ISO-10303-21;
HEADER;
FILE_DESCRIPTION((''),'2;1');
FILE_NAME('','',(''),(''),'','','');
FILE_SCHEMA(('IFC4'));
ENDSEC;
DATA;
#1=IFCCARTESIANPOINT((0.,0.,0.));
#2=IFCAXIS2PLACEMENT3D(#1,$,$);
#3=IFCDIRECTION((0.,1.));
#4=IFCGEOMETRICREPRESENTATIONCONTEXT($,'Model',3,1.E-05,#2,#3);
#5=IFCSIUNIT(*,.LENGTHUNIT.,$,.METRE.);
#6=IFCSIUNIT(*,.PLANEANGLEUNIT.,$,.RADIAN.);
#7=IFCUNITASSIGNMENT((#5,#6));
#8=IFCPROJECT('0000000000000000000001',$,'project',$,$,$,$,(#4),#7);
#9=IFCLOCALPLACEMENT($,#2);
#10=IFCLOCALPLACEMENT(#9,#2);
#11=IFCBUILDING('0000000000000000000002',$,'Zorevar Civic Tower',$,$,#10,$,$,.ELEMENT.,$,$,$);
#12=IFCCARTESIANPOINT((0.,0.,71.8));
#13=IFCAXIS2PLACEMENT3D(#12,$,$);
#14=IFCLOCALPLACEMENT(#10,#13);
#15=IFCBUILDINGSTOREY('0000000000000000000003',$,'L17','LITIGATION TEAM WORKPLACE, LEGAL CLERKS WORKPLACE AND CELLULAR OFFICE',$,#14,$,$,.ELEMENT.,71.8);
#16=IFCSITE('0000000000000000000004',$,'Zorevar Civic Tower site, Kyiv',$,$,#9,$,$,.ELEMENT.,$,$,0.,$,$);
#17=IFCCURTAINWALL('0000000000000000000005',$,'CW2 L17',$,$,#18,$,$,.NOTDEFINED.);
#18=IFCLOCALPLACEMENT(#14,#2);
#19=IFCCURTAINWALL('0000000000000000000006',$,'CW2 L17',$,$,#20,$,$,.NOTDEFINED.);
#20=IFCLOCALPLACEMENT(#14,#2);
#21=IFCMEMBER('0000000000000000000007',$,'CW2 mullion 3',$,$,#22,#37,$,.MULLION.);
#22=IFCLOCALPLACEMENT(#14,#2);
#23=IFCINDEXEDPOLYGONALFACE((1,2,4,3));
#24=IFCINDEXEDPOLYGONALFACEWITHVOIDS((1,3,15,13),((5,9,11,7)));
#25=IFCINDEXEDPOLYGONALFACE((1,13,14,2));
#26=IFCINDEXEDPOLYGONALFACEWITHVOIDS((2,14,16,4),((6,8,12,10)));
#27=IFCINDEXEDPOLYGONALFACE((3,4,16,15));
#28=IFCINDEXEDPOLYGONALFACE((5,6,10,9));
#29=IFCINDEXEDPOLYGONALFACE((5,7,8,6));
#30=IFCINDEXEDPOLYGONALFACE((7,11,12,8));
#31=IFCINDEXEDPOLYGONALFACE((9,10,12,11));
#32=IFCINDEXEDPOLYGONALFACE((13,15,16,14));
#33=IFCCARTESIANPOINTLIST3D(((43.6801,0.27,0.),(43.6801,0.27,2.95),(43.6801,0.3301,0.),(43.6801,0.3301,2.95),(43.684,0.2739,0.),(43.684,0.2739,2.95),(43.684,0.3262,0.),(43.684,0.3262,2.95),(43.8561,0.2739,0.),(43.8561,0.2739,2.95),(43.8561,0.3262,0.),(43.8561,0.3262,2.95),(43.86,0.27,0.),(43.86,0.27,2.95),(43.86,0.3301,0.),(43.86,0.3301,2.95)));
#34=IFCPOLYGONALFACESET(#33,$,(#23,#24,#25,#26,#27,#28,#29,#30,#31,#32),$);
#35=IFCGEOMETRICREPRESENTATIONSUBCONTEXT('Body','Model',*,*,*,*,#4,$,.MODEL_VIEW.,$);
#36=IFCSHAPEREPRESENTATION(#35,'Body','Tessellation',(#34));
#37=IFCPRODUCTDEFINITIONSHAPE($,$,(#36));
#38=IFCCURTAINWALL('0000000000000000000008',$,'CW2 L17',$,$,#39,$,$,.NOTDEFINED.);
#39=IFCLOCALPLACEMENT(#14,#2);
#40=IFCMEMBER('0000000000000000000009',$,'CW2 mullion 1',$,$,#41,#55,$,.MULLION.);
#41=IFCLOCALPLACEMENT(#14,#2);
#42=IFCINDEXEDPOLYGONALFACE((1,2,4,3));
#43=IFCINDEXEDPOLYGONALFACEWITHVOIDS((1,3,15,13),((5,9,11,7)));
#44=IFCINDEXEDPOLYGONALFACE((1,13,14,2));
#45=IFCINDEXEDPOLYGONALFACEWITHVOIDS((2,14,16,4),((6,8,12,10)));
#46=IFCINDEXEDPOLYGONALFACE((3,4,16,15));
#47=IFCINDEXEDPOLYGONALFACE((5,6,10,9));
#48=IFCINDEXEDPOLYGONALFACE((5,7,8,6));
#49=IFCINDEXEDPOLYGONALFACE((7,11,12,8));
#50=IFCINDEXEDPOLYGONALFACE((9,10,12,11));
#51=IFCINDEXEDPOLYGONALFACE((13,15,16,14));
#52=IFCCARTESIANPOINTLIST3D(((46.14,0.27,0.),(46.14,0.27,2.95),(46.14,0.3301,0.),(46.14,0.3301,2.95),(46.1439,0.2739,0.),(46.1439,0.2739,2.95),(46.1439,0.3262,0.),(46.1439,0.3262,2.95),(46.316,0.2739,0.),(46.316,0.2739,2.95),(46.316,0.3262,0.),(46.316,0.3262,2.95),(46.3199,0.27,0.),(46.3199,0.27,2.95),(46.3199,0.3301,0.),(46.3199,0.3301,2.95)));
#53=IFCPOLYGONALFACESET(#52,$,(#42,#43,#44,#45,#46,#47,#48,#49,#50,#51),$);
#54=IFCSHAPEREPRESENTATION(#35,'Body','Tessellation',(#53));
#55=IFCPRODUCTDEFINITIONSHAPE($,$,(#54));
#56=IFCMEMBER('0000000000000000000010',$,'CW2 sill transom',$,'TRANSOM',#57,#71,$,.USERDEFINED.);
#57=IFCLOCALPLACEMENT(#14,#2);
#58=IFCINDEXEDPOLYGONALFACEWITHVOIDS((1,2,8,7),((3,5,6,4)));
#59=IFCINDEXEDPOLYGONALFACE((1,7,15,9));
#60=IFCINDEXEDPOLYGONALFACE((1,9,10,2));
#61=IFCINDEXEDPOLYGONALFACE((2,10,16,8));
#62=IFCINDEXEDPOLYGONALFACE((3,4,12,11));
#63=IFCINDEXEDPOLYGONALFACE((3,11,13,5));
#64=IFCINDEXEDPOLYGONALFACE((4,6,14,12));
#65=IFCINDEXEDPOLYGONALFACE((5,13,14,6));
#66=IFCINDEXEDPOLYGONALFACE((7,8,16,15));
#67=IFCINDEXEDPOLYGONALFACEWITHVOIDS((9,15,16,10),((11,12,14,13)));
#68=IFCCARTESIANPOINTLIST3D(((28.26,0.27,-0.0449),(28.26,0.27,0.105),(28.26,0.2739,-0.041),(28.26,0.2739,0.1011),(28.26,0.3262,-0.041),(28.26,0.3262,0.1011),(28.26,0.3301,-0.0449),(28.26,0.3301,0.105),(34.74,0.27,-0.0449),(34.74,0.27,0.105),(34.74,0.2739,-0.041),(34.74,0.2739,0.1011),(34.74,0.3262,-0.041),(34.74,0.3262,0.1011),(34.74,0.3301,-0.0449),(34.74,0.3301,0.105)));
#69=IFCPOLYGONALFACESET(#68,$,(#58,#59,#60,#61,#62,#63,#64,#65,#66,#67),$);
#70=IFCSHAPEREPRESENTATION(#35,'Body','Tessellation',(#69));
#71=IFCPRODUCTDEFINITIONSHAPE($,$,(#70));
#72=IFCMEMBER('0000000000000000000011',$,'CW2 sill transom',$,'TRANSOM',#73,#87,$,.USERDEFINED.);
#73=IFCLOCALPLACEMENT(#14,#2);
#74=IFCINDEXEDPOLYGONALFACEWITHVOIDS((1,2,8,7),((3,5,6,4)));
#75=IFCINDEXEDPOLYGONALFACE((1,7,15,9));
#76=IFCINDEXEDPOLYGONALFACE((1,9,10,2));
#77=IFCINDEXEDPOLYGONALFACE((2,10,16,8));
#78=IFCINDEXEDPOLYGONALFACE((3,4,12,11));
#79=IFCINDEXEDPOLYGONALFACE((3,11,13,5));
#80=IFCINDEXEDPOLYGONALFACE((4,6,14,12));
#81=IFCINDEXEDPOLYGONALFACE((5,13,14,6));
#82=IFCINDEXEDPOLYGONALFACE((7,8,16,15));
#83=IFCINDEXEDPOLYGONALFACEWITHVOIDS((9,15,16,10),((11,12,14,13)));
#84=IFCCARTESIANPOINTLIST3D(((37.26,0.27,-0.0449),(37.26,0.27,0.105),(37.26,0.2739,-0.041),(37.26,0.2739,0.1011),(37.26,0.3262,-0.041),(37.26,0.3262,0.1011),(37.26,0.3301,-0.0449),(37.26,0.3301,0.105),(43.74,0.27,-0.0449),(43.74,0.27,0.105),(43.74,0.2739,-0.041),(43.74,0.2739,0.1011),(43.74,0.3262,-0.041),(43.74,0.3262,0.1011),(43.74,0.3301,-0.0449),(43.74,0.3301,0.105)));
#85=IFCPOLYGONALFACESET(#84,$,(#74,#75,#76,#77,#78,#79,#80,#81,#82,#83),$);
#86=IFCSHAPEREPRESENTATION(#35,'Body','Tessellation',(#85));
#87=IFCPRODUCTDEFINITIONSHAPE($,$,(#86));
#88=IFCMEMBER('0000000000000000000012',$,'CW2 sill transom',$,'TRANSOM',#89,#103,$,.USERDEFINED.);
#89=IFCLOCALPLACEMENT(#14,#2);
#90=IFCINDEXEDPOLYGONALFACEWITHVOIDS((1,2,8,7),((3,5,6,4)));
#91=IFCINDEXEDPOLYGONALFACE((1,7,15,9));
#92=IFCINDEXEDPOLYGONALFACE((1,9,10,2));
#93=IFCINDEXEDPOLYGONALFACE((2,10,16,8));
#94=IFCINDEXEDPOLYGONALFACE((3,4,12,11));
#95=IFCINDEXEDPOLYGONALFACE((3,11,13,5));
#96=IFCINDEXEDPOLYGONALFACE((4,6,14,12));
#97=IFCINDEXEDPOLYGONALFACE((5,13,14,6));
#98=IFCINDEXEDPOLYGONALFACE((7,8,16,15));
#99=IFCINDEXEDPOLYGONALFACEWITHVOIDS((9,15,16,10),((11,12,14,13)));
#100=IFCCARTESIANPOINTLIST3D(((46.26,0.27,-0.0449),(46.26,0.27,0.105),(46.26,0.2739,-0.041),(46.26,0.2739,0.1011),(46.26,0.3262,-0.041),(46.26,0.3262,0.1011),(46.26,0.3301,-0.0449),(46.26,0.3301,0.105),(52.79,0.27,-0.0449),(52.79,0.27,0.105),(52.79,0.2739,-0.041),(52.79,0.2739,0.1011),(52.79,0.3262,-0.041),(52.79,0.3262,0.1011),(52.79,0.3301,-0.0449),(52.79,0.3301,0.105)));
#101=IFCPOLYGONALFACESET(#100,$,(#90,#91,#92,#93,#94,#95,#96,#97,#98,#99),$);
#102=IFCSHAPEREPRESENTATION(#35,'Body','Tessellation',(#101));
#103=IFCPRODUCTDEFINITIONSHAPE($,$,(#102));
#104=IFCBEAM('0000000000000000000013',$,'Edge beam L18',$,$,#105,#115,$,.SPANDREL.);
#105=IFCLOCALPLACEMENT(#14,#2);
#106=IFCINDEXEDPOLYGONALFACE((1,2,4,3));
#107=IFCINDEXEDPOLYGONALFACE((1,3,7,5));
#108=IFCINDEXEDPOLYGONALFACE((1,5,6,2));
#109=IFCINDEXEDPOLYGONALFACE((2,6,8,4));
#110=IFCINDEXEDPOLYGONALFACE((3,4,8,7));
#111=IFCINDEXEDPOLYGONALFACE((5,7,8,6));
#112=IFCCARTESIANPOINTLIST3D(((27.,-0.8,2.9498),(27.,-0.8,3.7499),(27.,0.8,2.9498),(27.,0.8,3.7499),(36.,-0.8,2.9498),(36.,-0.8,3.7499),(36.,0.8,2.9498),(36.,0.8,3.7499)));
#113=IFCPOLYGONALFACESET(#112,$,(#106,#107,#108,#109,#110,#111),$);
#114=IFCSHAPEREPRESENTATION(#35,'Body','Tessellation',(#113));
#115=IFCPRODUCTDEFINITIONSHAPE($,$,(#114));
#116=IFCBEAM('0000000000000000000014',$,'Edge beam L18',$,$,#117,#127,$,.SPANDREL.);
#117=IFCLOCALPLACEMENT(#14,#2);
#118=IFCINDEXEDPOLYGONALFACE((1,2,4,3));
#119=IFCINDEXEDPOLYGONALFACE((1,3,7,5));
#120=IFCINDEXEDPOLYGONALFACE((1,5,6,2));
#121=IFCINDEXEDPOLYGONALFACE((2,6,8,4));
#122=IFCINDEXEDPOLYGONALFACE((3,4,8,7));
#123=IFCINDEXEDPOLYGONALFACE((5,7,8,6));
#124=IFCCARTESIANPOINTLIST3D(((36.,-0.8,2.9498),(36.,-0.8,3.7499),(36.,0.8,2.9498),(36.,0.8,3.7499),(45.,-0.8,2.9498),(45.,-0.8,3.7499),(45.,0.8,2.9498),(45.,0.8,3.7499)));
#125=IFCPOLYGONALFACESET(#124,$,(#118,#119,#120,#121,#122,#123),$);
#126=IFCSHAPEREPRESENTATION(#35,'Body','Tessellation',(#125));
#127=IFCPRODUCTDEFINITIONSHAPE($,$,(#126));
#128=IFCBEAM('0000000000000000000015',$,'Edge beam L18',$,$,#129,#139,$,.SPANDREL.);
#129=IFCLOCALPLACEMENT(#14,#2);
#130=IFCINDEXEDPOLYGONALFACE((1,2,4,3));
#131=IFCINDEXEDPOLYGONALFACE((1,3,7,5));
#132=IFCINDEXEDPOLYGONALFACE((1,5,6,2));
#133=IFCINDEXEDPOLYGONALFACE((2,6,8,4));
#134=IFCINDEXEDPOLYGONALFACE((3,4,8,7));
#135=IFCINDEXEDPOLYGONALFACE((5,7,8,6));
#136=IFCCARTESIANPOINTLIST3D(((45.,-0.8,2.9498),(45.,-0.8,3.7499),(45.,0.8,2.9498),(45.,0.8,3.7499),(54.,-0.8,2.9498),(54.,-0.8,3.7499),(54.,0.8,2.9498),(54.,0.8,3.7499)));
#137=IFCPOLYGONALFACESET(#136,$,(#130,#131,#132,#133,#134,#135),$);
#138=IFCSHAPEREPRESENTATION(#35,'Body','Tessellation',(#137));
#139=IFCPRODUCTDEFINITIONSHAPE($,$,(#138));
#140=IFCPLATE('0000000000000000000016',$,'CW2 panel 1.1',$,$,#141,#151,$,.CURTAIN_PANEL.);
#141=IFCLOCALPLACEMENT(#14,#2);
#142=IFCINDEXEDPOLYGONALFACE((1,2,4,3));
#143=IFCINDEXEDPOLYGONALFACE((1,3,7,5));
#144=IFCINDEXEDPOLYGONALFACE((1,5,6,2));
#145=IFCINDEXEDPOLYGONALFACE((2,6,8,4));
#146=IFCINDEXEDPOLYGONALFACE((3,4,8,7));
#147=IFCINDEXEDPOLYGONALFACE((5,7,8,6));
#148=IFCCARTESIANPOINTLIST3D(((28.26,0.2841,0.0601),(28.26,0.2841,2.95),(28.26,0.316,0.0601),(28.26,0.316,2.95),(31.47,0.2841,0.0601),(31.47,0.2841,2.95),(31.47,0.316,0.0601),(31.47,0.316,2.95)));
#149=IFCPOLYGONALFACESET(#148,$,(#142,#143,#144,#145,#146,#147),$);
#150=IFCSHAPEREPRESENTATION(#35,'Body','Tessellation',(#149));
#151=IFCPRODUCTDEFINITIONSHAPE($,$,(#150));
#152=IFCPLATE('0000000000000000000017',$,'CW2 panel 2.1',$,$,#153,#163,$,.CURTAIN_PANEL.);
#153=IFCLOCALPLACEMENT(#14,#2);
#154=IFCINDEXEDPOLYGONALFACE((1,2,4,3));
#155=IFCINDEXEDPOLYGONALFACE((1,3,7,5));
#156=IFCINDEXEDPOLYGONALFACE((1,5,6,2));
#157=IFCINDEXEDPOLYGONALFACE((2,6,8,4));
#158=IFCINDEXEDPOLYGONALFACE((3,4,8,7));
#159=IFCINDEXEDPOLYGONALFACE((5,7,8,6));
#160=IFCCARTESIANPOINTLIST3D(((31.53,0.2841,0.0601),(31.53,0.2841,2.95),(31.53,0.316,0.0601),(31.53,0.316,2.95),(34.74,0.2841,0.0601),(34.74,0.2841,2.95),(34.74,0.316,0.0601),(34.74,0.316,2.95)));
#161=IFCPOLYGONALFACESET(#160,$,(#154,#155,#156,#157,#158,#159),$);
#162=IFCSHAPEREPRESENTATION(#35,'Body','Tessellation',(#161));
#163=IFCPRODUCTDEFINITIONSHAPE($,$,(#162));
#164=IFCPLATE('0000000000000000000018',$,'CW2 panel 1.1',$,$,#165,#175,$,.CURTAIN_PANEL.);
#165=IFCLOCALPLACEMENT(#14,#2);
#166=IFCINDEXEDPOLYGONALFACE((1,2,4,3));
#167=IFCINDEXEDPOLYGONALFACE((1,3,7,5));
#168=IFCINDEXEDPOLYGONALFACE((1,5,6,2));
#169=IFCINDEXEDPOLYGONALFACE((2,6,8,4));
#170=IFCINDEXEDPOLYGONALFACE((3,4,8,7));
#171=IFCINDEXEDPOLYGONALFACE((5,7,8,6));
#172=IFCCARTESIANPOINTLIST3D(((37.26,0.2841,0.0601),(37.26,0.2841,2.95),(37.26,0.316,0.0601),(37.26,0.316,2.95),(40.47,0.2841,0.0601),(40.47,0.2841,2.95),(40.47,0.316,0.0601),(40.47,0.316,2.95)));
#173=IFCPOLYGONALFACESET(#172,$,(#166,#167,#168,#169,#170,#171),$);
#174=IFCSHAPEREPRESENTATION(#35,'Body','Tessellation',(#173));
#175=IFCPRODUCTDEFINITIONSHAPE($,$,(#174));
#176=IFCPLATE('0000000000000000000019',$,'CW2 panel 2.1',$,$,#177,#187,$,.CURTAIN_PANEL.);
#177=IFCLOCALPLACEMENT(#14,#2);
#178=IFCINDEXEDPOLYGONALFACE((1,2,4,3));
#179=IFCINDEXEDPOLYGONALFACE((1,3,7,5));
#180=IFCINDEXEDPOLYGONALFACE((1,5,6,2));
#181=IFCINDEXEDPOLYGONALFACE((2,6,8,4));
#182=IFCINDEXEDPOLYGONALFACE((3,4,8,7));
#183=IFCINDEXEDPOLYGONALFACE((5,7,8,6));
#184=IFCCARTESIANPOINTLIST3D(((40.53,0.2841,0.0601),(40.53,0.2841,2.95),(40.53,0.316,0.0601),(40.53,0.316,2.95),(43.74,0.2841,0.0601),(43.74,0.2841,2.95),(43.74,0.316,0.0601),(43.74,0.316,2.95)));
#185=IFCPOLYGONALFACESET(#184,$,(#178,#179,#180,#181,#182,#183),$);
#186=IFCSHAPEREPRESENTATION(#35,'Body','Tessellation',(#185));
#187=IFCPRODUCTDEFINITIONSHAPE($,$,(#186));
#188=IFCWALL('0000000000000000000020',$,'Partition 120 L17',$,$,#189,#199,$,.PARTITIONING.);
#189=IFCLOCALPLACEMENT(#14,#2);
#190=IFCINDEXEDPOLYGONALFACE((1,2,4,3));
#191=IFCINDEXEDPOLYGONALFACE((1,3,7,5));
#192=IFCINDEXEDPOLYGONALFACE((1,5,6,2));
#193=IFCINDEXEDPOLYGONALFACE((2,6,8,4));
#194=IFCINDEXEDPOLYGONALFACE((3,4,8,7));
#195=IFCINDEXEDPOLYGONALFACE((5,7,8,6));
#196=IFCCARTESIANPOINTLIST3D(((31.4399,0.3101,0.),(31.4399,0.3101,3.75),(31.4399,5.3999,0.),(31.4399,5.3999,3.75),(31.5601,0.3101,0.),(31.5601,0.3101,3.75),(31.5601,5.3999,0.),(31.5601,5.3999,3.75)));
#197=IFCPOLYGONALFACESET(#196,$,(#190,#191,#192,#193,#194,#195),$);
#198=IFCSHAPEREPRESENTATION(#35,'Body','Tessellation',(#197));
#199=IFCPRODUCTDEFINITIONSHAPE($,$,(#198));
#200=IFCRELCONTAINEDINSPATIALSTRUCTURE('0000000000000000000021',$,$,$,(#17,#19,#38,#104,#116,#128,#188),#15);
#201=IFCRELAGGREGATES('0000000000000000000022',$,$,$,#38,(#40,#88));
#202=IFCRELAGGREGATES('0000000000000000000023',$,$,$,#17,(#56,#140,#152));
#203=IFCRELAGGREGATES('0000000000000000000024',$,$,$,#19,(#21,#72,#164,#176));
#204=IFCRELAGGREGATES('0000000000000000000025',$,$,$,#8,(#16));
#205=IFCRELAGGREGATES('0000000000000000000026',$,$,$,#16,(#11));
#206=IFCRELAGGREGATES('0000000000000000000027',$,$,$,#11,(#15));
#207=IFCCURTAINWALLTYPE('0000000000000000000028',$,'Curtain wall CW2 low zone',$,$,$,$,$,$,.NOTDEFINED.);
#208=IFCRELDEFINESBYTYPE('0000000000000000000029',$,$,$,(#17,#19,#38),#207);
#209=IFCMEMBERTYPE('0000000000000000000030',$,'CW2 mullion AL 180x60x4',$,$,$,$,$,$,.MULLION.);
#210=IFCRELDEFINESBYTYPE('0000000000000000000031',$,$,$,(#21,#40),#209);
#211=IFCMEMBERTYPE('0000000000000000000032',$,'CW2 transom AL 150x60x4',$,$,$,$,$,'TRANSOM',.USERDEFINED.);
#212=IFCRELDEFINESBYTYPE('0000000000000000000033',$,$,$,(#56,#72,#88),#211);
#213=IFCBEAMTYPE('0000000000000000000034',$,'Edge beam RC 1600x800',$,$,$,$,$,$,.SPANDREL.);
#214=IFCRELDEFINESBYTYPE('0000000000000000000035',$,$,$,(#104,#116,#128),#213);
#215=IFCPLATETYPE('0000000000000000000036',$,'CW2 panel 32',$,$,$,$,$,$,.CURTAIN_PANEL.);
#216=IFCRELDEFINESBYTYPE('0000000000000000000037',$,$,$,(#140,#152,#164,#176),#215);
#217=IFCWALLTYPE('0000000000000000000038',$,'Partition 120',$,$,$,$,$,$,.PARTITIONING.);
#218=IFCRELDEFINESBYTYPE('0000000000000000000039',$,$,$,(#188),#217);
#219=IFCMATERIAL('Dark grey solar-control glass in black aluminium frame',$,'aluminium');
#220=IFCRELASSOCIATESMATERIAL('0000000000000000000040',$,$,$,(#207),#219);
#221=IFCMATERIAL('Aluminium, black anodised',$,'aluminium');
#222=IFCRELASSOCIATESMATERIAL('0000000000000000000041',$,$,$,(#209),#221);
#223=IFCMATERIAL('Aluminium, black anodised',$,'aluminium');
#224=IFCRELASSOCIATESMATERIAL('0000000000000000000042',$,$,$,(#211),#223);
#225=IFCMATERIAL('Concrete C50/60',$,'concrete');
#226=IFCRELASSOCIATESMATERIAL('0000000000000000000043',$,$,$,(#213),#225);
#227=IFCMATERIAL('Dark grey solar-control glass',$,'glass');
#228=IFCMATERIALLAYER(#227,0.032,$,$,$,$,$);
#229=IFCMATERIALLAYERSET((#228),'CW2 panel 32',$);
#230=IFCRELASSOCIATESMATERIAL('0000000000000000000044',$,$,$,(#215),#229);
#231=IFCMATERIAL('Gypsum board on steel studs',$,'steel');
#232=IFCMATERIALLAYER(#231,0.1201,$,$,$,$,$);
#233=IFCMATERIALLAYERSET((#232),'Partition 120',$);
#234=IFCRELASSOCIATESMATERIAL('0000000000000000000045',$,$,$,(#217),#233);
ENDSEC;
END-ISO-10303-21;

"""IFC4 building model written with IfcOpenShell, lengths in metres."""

from ifc_helpers import new_model, si_unit, direction, frame, frame_2d, origin, origin_2d, place, context, subcontext, project, spatial, rectangle, hollow_rectangle, extrude, material, layer, layer_set, material_profile, profile_set, type_object, element, aggregate, save


model = new_model("IFC4")

# Units and contexts
model_context = context("Model", 3, precision=1e-05, world=origin(), true_north=direction((0.0, 1.0)))
body_context = subcontext(model_context, "Body", "Model", "MODEL_VIEW")
ifc_project = project(units=[si_unit("LENGTHUNIT", "METRE"), si_unit("PLANEANGLEUNIT", "RADIAN")], contexts=[model_context])

# Site, building, storey
site_placement = place(None, origin())
site = spatial("IfcSite", under=ifc_project, at=site_placement, Name="Zorevar Civic Tower site, Kyiv", CompositionType="ELEMENT", RefElevation=0.0)
building_placement = place(site_placement, origin())
building = spatial("IfcBuilding", under=site, at=building_placement, Name="Zorevar Civic Tower", CompositionType="ELEMENT")
storey_placement = place(building_placement, frame((0.0, 0.0, 71.8)))
storey = spatial("IfcBuildingStorey", under=building, at=storey_placement, Name="L17", Description="LITIGATION TEAM WORKPLACE, LEGAL CLERKS WORKPLACE AND CELLULAR OFFICE", CompositionType="ELEMENT", Elevation=71.8)

# Curtain walls, member
ifc_material_1 = material(Name="Dark grey solar-control glass in black aluminium frame", Category="aluminium")
curtain_wall_type = type_object("IfcCurtainWallType", Name="Curtain wall CW2 low zone", PredefinedType="NOTDEFINED", material=ifc_material_1)
curtain_wall_1_placement = place(storey_placement, origin())
curtain_wall_1 = element("IfcCurtainWall", 1, at=curtain_wall_1_placement, inside=storey, type_object=curtain_wall_type, Name="CW2 L17", PredefinedType="NOTDEFINED")
ifc_material_2 = material(Name="Aluminium, black anodised", Category="aluminium")
ifc_material_profile_1 = material_profile(ifc_material_2, hollow_rectangle(XDim=0.0601, YDim=0.1799, WallThickness=0.0039, at=origin_2d()), Name="AL 180x60x4")
ifc_profile_set_1 = profile_set([ifc_material_profile_1], Name="Aluminium, black anodised")
member_type_1 = type_object("IfcMemberType", Name="CW2 mullion AL 180x60x4", PredefinedType="MULLION", material=ifc_profile_set_1)
curtain_wall_2_placement = place(storey_placement, origin())
curtain_wall_2 = element("IfcCurtainWall", 2, at=curtain_wall_2_placement, inside=storey, type_object=curtain_wall_type, Name="CW2 L17", PredefinedType="NOTDEFINED")
member_1_placement = place(storey_placement, frame((43.77, 0.3, 0.0), z_axis=(0.0, 0.0, 1.0), x_axis=(0.0, 1.0, 0.0)))
member_1 = element("IfcMember", 3, at=member_1_placement, type_object=member_type_1, Name="CW2 mullion 3", PredefinedType="MULLION", context=body_context, shape_type="SweptSolid", body=[
    extrude(hollow_rectangle(XDim=0.0601, YDim=0.1799, WallThickness=0.0039, at=origin_2d()), origin(), (0.0, 0.0, 1.0), 2.95),
])

# Curtain wall, member
curtain_wall_3_placement = place(storey_placement, origin())
curtain_wall_3 = element("IfcCurtainWall", 4, at=curtain_wall_3_placement, inside=storey, type_object=curtain_wall_type, Name="CW2 L17", PredefinedType="NOTDEFINED")
member_2_placement = place(storey_placement, frame((46.23, 0.3, 0.0), z_axis=(0.0, 0.0, 1.0), x_axis=(0.0, 1.0, 0.0)))
member_2 = element("IfcMember", 5, at=member_2_placement, type_object=member_type_1, Name="CW2 mullion 1", PredefinedType="MULLION", context=body_context, shape_type="SweptSolid", body=[
    extrude(hollow_rectangle(XDim=0.0601, YDim=0.1799, WallThickness=0.0039, at=origin_2d()), origin(), (0.0, 0.0, 1.0), 2.95),
])

# Members
ifc_material_3 = material(Name="Aluminium, black anodised", Category="aluminium")
ifc_material_profile_2 = material_profile(ifc_material_3, hollow_rectangle(XDim=0.0601, YDim=0.1499, WallThickness=0.0039, at=origin_2d()), Name="AL 150x60x4")
ifc_profile_set_2 = profile_set([ifc_material_profile_2], Name="Aluminium, black anodised")
member_type_2 = type_object("IfcMemberType", Name="CW2 transom AL 150x60x4", ElementType="TRANSOM", PredefinedType="USERDEFINED", material=ifc_profile_set_2)
member_3_placement = place(storey_placement, frame((28.26, 0.3, 0.03), z_axis=(1.0, 0.0, 0.0), x_axis=(0.0, 1.0, 0.0)))
member_3 = element("IfcMember", 6, at=member_3_placement, type_object=member_type_2, Name="CW2 sill transom", ObjectType="TRANSOM", PredefinedType="USERDEFINED", context=body_context, shape_type="SweptSolid", body=[
    extrude(hollow_rectangle(XDim=0.0601, YDim=0.1499, WallThickness=0.0039, at=origin_2d()), origin(), (0.0, 0.0, 1.0), 6.48),
])
member_4_placement = place(storey_placement, frame((37.26, 0.3, 0.03), z_axis=(1.0, 0.0, 0.0), x_axis=(0.0, 1.0, 0.0)))
member_4 = element("IfcMember", 7, at=member_4_placement, type_object=member_type_2, Name="CW2 sill transom", ObjectType="TRANSOM", PredefinedType="USERDEFINED", context=body_context, shape_type="SweptSolid", body=[
    extrude(hollow_rectangle(XDim=0.0601, YDim=0.1499, WallThickness=0.0039, at=origin_2d()), origin(), (0.0, 0.0, 1.0), 6.48),
])
member_5_placement = place(storey_placement, frame((46.26, 0.3, 0.03), z_axis=(1.0, 0.0, 0.0), x_axis=(0.0, 1.0, 0.0)))
member_5 = element("IfcMember", 8, at=member_5_placement, type_object=member_type_2, Name="CW2 sill transom", ObjectType="TRANSOM", PredefinedType="USERDEFINED", context=body_context, shape_type="SweptSolid", body=[
    extrude(hollow_rectangle(XDim=0.0601, YDim=0.1499, WallThickness=0.0039, at=origin_2d()), origin(), (0.0, 0.0, 1.0), 6.53),
])
aggregate(curtain_wall_3, [member_2, member_5])

# Beams
ifc_material_4 = material(Name="Concrete C50/60", Category="concrete")
ifc_material_profile_3 = material_profile(ifc_material_4, rectangle(XDim=1.6001, YDim=0.8, at=origin_2d()), Name="RC 1600x800")
ifc_profile_set_3 = profile_set([ifc_material_profile_3], Name="Concrete C50/60")
beam_type_1 = type_object("IfcBeamType", Name="Edge beam RC 1600x800", PredefinedType="SPANDREL", material=ifc_profile_set_3)
for number, where, z_axis, x_axis, name in (
    (9, (27.0, 0.0, 3.3499), (1.0, 0.0, 0.0), (0.0, 1.0, 0.0), "Edge beam L18"),
    (10, (36.0, 0.0, 3.3499), (1.0, 0.0, 0.0), (0.0, 1.0, 0.0), "Edge beam L18"),
    (11, (45.0, 0.0, 3.3499), (1.0, 0.0, 0.0), (0.0, 1.0, 0.0), "Edge beam L18"),
):
    element("IfcBeam", number, at=place(storey_placement, frame(where, z_axis=z_axis, x_axis=x_axis)), inside=storey, type_object=beam_type_1, Name=name, PredefinedType="SPANDREL", context=body_context, shape_type="SweptSolid", body=[
        extrude(rectangle(XDim=1.6001, YDim=0.8, at=origin_2d()), origin(), (0.0, 0.0, 1.0), 9.0),
    ])

# Plates
ifc_material_5 = material(Name="Dark grey solar-control glass", Category="glass")
ifc_layer_1 = layer(ifc_material_5, 0.032)
ifc_layer_set_1 = layer_set([ifc_layer_1], Name="CW2 panel 32")
plate_type = type_object("IfcPlateType", Name="CW2 panel 32", PredefinedType="CURTAIN_PANEL", material=ifc_layer_set_1)
plate_1_placement = place(storey_placement, frame((29.865, 0.3, 0.0601), z_axis=(0.0, 0.0, 1.0), x_axis=(1.0, 0.0, 0.0)))
plate_1 = element("IfcPlate", 12, at=plate_1_placement, type_object=plate_type, Name="CW2 panel 1.1", PredefinedType="CURTAIN_PANEL", context=body_context, shape_type="SweptSolid", body=[
    extrude(rectangle(XDim=3.21, YDim=0.032, at=origin_2d()), origin(), (0.0, 0.0, 1.0), 2.8899),
])
plate_2_placement = place(storey_placement, frame((33.135, 0.3, 0.0601), z_axis=(0.0, 0.0, 1.0), x_axis=(1.0, 0.0, 0.0)))
plate_2 = element("IfcPlate", 13, at=plate_2_placement, type_object=plate_type, Name="CW2 panel 2.1", PredefinedType="CURTAIN_PANEL", context=body_context, shape_type="SweptSolid", body=[
    extrude(rectangle(XDim=3.21, YDim=0.032, at=origin_2d()), origin(), (0.0, 0.0, 1.0), 2.8899),
])
aggregate(curtain_wall_1, [member_3, plate_1, plate_2])
plate_3_placement = place(storey_placement, frame((38.865, 0.3, 0.0601), z_axis=(0.0, 0.0, 1.0), x_axis=(1.0, 0.0, 0.0)))
plate_3 = element("IfcPlate", 14, at=plate_3_placement, type_object=plate_type, Name="CW2 panel 1.1", PredefinedType="CURTAIN_PANEL", context=body_context, shape_type="SweptSolid", body=[
    extrude(rectangle(XDim=3.21, YDim=0.032, at=origin_2d()), origin(), (0.0, 0.0, 1.0), 2.8899),
])
plate_4_placement = place(storey_placement, frame((42.135, 0.3, 0.0601), z_axis=(0.0, 0.0, 1.0), x_axis=(1.0, 0.0, 0.0)))
plate_4 = element("IfcPlate", 15, at=plate_4_placement, type_object=plate_type, Name="CW2 panel 2.1", PredefinedType="CURTAIN_PANEL", context=body_context, shape_type="SweptSolid", body=[
    extrude(rectangle(XDim=3.21, YDim=0.032, at=origin_2d()), origin(), (0.0, 0.0, 1.0), 2.8899),
])
aggregate(curtain_wall_2, [member_1, member_4, plate_3, plate_4])

# Wall
ifc_material_6 = material(Name="Gypsum board on steel studs", Category="steel")
ifc_layer_2 = layer(ifc_material_6, 0.1201)
ifc_layer_set_2 = layer_set([ifc_layer_2], Name="Partition 120")
wall_type = type_object("IfcWallType", Name="Partition 120", PredefinedType="PARTITIONING", material=ifc_layer_set_2)
for number, where, z_axis, x_axis, name in (
    (16, (31.5, 0.3101, 0.0), (0.0, 0.0, 1.0), (0.0, 1.0, 0.0), "Partition 120 L17"),
):
    element("IfcWall", number, at=place(storey_placement, frame(where, z_axis=z_axis, x_axis=x_axis)), inside=storey, type_object=wall_type, Name=name, PredefinedType="PARTITIONING", context=body_context, shape_type="SweptSolid", body=[
        extrude(rectangle(XDim=5.0898, YDim=0.1201, at=frame_2d((2.5449, 0.0))), origin(), (0.0, 0.0, 1.0), 3.75),
    ])

save(model, "model.ifc")
